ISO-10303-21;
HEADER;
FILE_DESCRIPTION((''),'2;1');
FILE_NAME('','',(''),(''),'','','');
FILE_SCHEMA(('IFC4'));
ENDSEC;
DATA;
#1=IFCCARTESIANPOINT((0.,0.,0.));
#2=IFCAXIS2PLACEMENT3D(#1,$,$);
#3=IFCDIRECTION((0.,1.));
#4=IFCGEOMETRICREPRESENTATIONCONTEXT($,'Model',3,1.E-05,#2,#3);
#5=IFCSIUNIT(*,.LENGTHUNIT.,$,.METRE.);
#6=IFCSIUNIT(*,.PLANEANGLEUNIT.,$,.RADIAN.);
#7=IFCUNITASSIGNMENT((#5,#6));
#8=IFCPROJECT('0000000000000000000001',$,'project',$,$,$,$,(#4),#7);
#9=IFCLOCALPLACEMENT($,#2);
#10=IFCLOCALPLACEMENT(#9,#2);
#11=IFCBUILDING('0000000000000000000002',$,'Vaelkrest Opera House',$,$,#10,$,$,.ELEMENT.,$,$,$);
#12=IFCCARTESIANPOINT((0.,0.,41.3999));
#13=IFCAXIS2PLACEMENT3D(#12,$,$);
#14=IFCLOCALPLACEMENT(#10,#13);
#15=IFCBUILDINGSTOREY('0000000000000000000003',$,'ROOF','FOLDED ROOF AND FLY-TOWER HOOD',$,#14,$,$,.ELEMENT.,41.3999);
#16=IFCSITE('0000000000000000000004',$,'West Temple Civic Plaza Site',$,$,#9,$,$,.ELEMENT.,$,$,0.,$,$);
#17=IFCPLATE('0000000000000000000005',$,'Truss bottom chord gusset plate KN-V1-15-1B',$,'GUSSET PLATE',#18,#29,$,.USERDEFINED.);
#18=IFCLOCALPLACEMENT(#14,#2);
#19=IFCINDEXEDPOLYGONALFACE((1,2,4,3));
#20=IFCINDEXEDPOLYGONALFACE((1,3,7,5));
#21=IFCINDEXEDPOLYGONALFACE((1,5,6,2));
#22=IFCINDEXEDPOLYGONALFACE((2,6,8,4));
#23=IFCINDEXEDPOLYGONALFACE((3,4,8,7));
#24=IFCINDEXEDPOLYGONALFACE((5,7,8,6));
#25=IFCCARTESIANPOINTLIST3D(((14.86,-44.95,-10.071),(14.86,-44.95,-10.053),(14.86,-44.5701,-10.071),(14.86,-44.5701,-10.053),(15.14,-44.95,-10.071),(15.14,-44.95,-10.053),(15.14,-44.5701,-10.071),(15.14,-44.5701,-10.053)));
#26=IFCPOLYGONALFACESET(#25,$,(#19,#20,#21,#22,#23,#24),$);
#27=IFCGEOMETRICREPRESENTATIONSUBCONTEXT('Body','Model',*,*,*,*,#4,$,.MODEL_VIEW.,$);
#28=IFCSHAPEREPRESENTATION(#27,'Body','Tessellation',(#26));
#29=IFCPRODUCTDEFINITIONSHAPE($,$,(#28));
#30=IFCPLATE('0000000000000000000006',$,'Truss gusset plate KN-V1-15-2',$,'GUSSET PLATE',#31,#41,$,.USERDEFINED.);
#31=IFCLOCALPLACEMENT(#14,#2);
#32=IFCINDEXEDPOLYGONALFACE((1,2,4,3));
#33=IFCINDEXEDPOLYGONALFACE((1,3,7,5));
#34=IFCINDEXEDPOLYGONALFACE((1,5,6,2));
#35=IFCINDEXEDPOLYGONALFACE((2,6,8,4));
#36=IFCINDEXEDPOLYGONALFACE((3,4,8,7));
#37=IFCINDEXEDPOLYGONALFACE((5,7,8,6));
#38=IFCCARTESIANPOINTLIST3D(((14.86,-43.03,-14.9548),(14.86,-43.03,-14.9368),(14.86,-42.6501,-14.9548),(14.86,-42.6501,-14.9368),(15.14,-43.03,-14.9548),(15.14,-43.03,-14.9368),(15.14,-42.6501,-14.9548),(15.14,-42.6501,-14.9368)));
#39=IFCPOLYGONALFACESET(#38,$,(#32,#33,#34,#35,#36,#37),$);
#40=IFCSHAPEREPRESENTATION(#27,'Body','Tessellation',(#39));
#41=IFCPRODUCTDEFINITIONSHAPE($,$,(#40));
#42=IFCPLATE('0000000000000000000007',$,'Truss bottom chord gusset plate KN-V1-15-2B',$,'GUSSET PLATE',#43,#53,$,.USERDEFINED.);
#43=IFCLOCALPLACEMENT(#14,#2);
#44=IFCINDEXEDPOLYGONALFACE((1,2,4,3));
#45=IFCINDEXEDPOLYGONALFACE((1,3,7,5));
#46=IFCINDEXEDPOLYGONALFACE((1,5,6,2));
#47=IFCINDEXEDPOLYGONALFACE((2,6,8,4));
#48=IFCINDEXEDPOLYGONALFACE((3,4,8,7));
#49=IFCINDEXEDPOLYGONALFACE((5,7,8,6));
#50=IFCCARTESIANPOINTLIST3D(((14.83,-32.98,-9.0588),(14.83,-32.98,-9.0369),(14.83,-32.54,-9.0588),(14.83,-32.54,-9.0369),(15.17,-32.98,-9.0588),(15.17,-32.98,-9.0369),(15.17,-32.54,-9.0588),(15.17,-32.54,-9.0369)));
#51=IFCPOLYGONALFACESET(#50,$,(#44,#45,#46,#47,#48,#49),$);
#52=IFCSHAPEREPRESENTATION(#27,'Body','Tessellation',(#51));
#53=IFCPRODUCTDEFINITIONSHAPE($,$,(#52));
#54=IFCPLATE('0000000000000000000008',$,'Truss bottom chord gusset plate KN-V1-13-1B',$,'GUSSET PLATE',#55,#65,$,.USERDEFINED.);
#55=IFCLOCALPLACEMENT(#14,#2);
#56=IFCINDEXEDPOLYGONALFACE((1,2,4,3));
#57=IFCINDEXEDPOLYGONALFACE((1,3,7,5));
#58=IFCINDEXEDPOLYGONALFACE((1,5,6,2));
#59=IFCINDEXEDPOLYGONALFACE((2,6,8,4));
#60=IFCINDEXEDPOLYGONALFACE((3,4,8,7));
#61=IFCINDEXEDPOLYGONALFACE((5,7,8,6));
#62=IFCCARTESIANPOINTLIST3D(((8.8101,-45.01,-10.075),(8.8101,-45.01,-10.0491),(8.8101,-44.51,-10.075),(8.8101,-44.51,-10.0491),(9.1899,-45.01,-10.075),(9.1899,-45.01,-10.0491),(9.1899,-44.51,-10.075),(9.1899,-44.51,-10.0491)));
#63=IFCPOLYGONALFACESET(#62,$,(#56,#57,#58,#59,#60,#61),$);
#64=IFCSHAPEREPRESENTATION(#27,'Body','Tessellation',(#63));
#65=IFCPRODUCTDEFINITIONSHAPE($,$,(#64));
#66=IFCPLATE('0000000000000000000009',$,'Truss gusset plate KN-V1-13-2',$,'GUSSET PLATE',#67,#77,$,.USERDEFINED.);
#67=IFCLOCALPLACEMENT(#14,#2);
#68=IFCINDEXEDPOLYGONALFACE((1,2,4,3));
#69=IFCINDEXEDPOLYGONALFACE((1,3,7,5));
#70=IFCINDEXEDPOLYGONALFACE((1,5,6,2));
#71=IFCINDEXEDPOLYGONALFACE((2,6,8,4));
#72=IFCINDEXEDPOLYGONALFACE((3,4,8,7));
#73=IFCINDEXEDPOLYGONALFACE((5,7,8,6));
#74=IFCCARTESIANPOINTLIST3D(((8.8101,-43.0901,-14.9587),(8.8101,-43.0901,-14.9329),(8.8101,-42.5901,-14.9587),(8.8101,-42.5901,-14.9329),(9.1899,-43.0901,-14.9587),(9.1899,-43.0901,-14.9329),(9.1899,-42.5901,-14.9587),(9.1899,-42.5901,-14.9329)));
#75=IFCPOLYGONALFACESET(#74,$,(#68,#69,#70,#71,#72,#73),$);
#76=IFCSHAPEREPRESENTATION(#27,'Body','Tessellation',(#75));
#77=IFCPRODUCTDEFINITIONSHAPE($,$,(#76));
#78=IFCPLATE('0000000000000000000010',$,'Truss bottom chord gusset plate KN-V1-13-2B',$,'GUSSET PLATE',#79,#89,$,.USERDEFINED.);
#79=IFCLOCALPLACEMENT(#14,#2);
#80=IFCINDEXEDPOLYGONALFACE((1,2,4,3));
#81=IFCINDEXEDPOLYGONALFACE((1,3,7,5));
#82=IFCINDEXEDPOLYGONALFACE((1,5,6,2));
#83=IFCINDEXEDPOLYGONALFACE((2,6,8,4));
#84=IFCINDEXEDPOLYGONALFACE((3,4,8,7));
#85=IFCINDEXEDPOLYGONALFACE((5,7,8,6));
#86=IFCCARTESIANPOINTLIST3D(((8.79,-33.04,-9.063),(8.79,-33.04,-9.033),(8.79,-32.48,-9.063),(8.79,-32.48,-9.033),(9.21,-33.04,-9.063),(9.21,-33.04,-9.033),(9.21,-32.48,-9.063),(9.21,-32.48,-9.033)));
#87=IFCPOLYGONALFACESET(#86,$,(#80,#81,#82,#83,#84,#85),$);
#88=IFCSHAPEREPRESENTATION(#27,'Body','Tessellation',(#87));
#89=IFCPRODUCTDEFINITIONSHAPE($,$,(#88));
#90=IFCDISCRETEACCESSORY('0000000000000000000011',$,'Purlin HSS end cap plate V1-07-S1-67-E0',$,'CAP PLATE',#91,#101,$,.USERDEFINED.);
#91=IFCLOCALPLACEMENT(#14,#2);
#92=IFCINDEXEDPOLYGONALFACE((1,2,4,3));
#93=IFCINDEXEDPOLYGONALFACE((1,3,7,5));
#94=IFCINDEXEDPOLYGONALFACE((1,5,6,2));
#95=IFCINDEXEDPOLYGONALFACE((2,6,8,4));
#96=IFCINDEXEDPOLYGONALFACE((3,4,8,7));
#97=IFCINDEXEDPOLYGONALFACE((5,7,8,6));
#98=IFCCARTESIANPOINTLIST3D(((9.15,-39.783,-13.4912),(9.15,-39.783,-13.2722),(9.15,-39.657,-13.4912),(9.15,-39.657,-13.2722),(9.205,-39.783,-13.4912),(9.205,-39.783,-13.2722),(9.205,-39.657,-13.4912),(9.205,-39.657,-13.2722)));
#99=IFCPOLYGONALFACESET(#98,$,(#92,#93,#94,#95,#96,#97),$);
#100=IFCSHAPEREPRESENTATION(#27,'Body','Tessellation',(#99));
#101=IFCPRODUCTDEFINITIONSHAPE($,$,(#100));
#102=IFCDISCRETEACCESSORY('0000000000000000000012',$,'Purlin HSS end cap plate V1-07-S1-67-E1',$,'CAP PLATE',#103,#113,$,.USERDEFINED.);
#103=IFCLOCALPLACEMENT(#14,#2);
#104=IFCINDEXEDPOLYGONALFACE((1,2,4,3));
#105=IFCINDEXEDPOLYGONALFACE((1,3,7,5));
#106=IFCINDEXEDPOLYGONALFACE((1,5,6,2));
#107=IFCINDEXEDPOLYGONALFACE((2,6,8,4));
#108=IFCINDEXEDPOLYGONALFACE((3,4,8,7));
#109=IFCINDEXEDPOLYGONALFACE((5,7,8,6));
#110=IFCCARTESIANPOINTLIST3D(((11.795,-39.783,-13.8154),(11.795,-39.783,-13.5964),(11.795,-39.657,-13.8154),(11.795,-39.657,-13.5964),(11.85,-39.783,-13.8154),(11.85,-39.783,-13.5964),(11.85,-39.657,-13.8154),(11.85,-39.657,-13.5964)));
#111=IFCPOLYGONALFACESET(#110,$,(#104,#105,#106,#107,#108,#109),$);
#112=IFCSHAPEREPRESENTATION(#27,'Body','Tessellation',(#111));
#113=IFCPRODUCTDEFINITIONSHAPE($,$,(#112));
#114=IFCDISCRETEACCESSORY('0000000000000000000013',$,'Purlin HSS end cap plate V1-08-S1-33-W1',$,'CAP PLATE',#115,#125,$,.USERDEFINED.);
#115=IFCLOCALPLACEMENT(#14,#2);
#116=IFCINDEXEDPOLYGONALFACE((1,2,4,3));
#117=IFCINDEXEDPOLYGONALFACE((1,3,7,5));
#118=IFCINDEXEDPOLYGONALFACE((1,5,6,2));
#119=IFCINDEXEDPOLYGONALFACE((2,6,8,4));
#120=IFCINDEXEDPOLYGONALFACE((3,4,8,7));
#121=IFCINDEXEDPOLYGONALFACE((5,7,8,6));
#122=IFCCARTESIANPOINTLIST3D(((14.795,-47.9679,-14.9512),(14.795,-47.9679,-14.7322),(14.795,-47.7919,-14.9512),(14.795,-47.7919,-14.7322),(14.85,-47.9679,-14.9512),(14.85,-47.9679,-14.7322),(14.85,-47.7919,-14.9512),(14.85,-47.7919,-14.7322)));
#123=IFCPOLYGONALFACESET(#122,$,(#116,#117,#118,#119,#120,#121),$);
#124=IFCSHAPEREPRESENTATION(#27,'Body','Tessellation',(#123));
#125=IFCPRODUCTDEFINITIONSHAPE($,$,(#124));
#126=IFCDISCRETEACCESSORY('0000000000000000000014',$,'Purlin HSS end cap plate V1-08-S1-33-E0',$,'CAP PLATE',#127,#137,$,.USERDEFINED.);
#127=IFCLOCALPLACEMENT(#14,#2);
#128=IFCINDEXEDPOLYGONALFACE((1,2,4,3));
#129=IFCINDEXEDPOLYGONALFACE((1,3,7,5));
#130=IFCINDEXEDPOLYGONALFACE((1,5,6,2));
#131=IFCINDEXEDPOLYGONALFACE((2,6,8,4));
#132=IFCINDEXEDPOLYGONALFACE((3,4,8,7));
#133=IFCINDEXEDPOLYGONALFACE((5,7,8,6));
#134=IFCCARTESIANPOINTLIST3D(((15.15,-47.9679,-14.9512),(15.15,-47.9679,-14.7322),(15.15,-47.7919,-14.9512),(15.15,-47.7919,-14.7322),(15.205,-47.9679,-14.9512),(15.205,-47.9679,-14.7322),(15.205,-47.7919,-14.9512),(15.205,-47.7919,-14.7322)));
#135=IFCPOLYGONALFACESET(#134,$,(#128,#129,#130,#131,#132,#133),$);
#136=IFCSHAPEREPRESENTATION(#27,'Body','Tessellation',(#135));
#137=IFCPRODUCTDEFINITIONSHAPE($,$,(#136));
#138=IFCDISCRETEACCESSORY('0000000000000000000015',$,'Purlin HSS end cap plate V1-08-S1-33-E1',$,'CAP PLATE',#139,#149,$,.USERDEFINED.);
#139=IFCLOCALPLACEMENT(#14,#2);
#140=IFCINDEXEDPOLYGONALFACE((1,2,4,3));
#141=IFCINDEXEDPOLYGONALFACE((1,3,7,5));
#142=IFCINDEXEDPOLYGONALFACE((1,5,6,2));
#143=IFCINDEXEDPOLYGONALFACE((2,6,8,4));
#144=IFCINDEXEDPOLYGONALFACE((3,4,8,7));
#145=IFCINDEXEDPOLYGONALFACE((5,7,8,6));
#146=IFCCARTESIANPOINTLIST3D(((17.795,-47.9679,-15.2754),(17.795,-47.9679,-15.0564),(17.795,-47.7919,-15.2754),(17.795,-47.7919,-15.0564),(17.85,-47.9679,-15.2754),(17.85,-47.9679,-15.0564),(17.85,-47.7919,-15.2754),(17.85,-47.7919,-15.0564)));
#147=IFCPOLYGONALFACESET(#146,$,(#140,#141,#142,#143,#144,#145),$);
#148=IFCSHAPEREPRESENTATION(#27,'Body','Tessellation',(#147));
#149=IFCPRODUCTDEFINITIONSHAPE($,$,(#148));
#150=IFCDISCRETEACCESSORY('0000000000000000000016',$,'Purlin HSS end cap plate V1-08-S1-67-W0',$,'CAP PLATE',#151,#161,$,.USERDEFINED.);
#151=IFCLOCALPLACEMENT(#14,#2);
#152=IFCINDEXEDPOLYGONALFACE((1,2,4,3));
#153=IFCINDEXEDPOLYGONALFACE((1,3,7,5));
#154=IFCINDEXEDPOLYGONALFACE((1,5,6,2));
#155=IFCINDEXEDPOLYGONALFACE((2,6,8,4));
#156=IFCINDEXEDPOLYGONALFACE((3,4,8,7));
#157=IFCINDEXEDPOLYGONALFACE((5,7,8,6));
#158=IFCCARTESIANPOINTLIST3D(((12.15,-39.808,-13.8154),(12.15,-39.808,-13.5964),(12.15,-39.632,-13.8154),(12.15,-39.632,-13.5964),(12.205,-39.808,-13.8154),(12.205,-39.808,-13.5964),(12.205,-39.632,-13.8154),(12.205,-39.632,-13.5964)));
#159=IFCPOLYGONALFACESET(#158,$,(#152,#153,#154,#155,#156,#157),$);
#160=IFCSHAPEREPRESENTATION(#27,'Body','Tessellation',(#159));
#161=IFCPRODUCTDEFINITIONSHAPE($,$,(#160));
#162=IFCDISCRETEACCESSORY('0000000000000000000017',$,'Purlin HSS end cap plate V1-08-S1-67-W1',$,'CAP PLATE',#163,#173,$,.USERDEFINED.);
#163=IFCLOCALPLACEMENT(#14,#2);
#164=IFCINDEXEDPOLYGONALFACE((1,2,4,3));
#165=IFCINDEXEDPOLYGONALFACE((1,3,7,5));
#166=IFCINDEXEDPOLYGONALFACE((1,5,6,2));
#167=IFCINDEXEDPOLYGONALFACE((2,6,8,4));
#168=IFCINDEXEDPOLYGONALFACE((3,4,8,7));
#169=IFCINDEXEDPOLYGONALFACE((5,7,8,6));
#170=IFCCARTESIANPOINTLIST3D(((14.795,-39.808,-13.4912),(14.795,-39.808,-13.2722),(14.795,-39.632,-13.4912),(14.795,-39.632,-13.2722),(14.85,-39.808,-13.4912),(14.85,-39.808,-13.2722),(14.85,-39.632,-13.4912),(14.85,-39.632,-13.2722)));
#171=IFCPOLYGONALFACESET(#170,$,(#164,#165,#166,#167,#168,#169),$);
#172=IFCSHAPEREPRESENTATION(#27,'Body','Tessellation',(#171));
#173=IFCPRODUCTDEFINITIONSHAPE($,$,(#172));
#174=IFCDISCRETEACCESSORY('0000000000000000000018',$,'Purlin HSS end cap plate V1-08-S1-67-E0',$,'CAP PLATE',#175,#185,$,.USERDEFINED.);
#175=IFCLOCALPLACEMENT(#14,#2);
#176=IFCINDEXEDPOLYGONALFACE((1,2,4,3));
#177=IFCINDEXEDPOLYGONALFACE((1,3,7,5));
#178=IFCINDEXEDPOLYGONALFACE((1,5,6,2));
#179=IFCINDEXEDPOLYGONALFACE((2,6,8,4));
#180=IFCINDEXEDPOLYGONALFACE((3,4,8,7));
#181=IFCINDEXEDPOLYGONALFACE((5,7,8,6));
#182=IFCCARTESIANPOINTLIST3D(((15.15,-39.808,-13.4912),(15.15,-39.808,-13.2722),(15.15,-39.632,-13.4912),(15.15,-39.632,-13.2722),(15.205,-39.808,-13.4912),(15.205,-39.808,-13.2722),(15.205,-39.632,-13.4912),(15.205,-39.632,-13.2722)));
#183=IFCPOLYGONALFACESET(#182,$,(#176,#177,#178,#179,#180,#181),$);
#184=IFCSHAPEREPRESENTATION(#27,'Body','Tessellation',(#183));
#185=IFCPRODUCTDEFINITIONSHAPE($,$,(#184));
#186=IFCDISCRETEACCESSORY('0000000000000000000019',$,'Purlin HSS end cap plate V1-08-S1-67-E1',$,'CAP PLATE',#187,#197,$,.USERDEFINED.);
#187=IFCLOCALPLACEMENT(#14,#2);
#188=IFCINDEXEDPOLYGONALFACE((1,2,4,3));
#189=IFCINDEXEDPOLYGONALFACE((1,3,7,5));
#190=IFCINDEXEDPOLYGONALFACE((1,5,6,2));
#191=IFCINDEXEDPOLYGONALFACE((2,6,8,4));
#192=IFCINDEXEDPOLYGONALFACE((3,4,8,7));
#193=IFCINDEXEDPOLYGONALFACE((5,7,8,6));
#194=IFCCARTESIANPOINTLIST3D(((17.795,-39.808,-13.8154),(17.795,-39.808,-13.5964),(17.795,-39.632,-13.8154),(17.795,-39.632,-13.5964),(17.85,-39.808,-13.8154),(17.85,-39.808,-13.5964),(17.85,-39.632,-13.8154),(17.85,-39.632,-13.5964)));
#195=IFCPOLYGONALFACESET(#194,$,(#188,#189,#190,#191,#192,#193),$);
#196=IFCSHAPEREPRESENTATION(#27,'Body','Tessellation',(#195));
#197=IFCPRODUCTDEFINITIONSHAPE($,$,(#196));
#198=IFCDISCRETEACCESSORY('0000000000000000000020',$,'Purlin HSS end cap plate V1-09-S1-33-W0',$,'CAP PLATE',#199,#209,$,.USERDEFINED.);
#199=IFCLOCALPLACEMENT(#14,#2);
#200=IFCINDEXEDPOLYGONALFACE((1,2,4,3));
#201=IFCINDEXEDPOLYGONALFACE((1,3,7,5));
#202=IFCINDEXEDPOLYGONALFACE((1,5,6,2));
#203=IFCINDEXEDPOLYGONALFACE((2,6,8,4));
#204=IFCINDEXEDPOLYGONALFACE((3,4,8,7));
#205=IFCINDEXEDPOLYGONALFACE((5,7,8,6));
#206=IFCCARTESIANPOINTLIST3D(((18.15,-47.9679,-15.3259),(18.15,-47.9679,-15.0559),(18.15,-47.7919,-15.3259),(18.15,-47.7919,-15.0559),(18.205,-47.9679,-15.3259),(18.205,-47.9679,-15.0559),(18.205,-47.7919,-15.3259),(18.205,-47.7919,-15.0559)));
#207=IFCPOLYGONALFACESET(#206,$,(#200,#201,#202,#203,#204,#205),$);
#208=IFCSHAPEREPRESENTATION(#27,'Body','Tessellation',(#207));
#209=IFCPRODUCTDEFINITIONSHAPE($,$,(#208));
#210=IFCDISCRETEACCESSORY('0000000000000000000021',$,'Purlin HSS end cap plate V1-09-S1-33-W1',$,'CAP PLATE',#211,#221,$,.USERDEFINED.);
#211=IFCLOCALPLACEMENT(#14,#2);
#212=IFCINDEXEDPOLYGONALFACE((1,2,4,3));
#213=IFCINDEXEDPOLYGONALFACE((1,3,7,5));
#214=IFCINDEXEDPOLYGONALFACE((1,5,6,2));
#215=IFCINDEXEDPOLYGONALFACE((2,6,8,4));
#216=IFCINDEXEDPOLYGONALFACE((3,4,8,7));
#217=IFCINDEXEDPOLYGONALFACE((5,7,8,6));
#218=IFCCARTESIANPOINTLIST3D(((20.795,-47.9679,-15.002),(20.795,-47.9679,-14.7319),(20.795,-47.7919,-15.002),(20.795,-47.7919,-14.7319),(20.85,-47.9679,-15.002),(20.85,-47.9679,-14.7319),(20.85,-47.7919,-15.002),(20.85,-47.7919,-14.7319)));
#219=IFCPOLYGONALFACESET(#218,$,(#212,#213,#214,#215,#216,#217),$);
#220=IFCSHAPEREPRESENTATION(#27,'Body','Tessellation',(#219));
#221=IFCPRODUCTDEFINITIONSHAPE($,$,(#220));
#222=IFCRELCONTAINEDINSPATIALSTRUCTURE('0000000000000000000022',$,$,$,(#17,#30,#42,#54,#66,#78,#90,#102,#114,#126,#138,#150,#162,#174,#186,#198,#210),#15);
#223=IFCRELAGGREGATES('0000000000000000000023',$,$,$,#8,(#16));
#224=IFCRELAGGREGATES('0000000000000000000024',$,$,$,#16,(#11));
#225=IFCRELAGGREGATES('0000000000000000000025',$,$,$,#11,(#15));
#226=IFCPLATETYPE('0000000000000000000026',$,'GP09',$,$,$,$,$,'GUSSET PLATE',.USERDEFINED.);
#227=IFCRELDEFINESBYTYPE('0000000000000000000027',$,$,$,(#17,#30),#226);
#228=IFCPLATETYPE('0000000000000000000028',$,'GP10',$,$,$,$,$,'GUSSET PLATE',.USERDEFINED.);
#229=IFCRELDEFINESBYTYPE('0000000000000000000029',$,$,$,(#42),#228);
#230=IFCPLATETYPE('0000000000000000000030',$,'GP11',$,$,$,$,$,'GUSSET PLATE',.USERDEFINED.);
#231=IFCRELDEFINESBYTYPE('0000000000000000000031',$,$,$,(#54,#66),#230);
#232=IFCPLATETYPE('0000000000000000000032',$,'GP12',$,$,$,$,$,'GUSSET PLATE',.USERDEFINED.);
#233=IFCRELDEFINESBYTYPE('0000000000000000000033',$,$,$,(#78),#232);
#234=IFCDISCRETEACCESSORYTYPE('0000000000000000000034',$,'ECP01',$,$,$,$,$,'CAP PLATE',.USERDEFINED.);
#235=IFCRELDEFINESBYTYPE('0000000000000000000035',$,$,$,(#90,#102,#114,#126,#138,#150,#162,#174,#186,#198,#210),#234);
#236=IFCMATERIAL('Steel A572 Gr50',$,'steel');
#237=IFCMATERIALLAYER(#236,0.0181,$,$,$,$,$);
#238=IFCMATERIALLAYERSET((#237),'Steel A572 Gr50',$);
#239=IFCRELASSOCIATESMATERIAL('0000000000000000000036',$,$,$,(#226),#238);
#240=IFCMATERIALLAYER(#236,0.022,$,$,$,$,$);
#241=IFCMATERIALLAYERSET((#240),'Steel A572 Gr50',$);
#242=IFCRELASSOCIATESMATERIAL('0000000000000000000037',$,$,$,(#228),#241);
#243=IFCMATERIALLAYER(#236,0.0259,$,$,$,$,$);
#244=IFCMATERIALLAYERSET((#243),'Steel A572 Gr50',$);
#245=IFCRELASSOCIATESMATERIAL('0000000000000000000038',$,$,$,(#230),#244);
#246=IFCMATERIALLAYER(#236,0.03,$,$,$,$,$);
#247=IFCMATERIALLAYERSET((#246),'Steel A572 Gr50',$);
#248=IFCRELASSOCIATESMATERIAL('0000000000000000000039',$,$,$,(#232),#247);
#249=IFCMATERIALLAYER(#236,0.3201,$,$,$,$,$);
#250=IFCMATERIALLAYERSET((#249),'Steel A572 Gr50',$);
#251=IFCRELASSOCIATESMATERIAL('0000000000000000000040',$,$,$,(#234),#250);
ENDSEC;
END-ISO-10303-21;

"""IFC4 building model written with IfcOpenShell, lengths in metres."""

from ifc_helpers import new_model, si_unit, direction, frame, origin, origin_2d, place, context, subcontext, project, spatial, rectangle, extrude, material, layer, layer_set, type_object, element, save


model = new_model("IFC4")

# Units and contexts
model_context = context("Model", 3, precision=1e-05, world=origin(), true_north=direction((0.0, 1.0)))
body_context = subcontext(model_context, "Body", "Model", "MODEL_VIEW")
ifc_project = project(units=[si_unit("LENGTHUNIT", "METRE"), si_unit("PLANEANGLEUNIT", "RADIAN")], contexts=[model_context])

# Site, building, storey
site_placement = place(None, origin())
site = spatial("IfcSite", under=ifc_project, at=site_placement, Name="West Temple Civic Plaza Site", CompositionType="ELEMENT", RefElevation=0.0)
building_placement = place(site_placement, origin())
building = spatial("IfcBuilding", under=site, at=building_placement, Name="Vaelkrest Opera House", CompositionType="ELEMENT")
storey_placement = place(building_placement, frame((0.0, 0.0, 41.3999)))
storey = spatial("IfcBuildingStorey", under=building, at=storey_placement, Name="ROOF", Description="FOLDED ROOF AND FLY-TOWER HOOD", CompositionType="ELEMENT", Elevation=41.3999)

# Plates
ifc_material_1 = material(Name="Steel A572 Gr50", Category="steel")
ifc_layer_1 = layer(ifc_material_1, 0.0181)
ifc_layer_set_1 = layer_set([ifc_layer_1], Name="Steel A572 Gr50")
plate_type_1 = type_object("IfcPlateType", Name="GP09", ElementType="GUSSET PLATE", PredefinedType="USERDEFINED", material=ifc_layer_set_1)
for number, where, z_axis, x_axis, name in (
    (1, (15.0, -44.76, -10.071), (0.0, 0.0, 1.0), (0.0, 1.0, 0.0), "Truss bottom chord gusset plate KN-V1-15-1B"),
    (2, (15.0, -42.8401, -14.9548), (0.0, 0.0, 1.0), (0.0, 1.0, 0.0), "Truss gusset plate KN-V1-15-2"),
):
    element("IfcPlate", number, at=place(storey_placement, frame(where, z_axis=z_axis, x_axis=x_axis)), inside=storey, type_object=plate_type_1, Name=name, ObjectType="GUSSET PLATE", PredefinedType="USERDEFINED", context=body_context, shape_type="SweptSolid", body=[
        extrude(rectangle(XDim=0.3799, YDim=0.28, at=origin_2d()), origin(), (0.0, 0.0, 1.0), 0.0181),
    ])
ifc_layer_2 = layer(ifc_material_1, 0.022)
ifc_layer_set_2 = layer_set([ifc_layer_2], Name="Steel A572 Gr50")
plate_type_2 = type_object("IfcPlateType", Name="GP10", ElementType="GUSSET PLATE", PredefinedType="USERDEFINED", material=ifc_layer_set_2)
plate_1_placement = place(storey_placement, frame((15.0, -32.76, -9.0588), z_axis=(0.0, 0.0, 1.0), x_axis=(0.0, 1.0, 0.0)))
element("IfcPlate", 3, at=plate_1_placement, inside=storey, type_object=plate_type_2, Name="Truss bottom chord gusset plate KN-V1-15-2B", ObjectType="GUSSET PLATE", PredefinedType="USERDEFINED", context=body_context, shape_type="SweptSolid", body=[
    extrude(rectangle(XDim=0.4399, YDim=0.3401, at=origin_2d()), origin(), (0.0, 0.0, 1.0), 0.022),
])
ifc_layer_3 = layer(ifc_material_1, 0.0259)
ifc_layer_set_3 = layer_set([ifc_layer_3], Name="Steel A572 Gr50")
plate_type_3 = type_object("IfcPlateType", Name="GP11", ElementType="GUSSET PLATE", PredefinedType="USERDEFINED", material=ifc_layer_set_3)
for number, where, z_axis, x_axis, name in (
    (4, (9.0, -44.76, -10.075), (0.0, 0.0, 1.0), (0.0, 1.0, 0.0), "Truss bottom chord gusset plate KN-V1-13-1B"),
    (5, (9.0, -42.8401, -14.9587), (0.0, 0.0, 1.0), (0.0, 1.0, 0.0), "Truss gusset plate KN-V1-13-2"),
):
    element("IfcPlate", number, at=place(storey_placement, frame(where, z_axis=z_axis, x_axis=x_axis)), inside=storey, type_object=plate_type_3, Name=name, ObjectType="GUSSET PLATE", PredefinedType="USERDEFINED", context=body_context, shape_type="SweptSolid", body=[
        extrude(rectangle(XDim=0.5, YDim=0.3799, at=origin_2d()), origin(), (0.0, 0.0, 1.0), 0.0259),
    ])
ifc_layer_4 = layer(ifc_material_1, 0.03)
ifc_layer_set_4 = layer_set([ifc_layer_4], Name="Steel A572 Gr50")
plate_type_4 = type_object("IfcPlateType", Name="GP12", ElementType="GUSSET PLATE", PredefinedType="USERDEFINED", material=ifc_layer_set_4)
plate_2_placement = place(storey_placement, frame((9.0, -32.76, -9.063), z_axis=(0.0, 0.0, 1.0), x_axis=(0.0, 1.0, 0.0)))
element("IfcPlate", 6, at=plate_2_placement, inside=storey, type_object=plate_type_4, Name="Truss bottom chord gusset plate KN-V1-13-2B", ObjectType="GUSSET PLATE", PredefinedType="USERDEFINED", context=body_context, shape_type="SweptSolid", body=[
    extrude(rectangle(XDim=0.5601, YDim=0.4199, at=origin_2d()), origin(), (0.0, 0.0, 1.0), 0.03),
])

# Discrete accessories
ifc_layer_5 = layer(ifc_material_1, 0.3201)
ifc_layer_set_5 = layer_set([ifc_layer_5], Name="Steel A572 Gr50")
discrete_accessory_type = type_object("IfcDiscreteAccessoryType", Name="ECP01", ElementType="CAP PLATE", PredefinedType="USERDEFINED", material=ifc_layer_set_5)
for number, where, z_axis, x_axis, name in (
    (7, (9.1775, -39.72, -13.4912), (0.0, 0.0, 1.0), (1.0, 0.0, 0.0), "Purlin HSS end cap plate V1-07-S1-67-E0"),
    (8, (11.8225, -39.72, -13.8154), (0.0, 0.0, 1.0), (1.0, 0.0, 0.0), "Purlin HSS end cap plate V1-07-S1-67-E1"),
):
    element("IfcDiscreteAccessory", number, at=place(storey_placement, frame(where, z_axis=z_axis, x_axis=x_axis)), inside=storey, type_object=discrete_accessory_type, Name=name, ObjectType="CAP PLATE", PredefinedType="USERDEFINED", context=body_context, shape_type="SweptSolid", body=[
        extrude(rectangle(XDim=0.0549, YDim=0.126, at=origin_2d()), origin(), (0.0, 0.0, 1.0), 0.219),
    ])
for number, where, z_axis, x_axis, name in (
    (9, (14.8225, -47.8799, -14.9512), (0.0, 0.0, 1.0), (1.0, 0.0, 0.0), "Purlin HSS end cap plate V1-08-S1-33-W1"),
    (10, (15.1775, -47.8799, -14.9512), (0.0, 0.0, 1.0), (1.0, 0.0, 0.0), "Purlin HSS end cap plate V1-08-S1-33-E0"),
    (11, (17.8225, -47.8799, -15.2754), (0.0, 0.0, 1.0), (1.0, 0.0, 0.0), "Purlin HSS end cap plate V1-08-S1-33-E1"),
    (12, (12.1775, -39.72, -13.8154), (0.0, 0.0, 1.0), (1.0, 0.0, 0.0), "Purlin HSS end cap plate V1-08-S1-67-W0"),
    (13, (14.8225, -39.72, -13.4912), (0.0, 0.0, 1.0), (1.0, 0.0, 0.0), "Purlin HSS end cap plate V1-08-S1-67-W1"),
    (14, (15.1775, -39.72, -13.4912), (0.0, 0.0, 1.0), (1.0, 0.0, 0.0), "Purlin HSS end cap plate V1-08-S1-67-E0"),
    (15, (17.8225, -39.72, -13.8154), (0.0, 0.0, 1.0), (1.0, 0.0, 0.0), "Purlin HSS end cap plate V1-08-S1-67-E1"),
):
    element("IfcDiscreteAccessory", number, at=place(storey_placement, frame(where, z_axis=z_axis, x_axis=x_axis)), inside=storey, type_object=discrete_accessory_type, Name=name, ObjectType="CAP PLATE", PredefinedType="USERDEFINED", context=body_context, shape_type="SweptSolid", body=[
        extrude(rectangle(XDim=0.0549, YDim=0.176, at=origin_2d()), origin(), (0.0, 0.0, 1.0), 0.219),
    ])
for number, where, z_axis, x_axis, name in (
    (16, (18.1775, -47.8799, -15.3259), (0.0, 0.0, 1.0), (1.0, 0.0, 0.0), "Purlin HSS end cap plate V1-09-S1-33-W0"),
    (17, (20.8225, -47.8799, -15.002), (0.0, 0.0, 1.0), (1.0, 0.0, 0.0), "Purlin HSS end cap plate V1-09-S1-33-W1"),
):
    element("IfcDiscreteAccessory", number, at=place(storey_placement, frame(where, z_axis=z_axis, x_axis=x_axis)), inside=storey, type_object=discrete_accessory_type, Name=name, ObjectType="CAP PLATE", PredefinedType="USERDEFINED", context=body_context, shape_type="SweptSolid", body=[
        extrude(rectangle(XDim=0.0549, YDim=0.176, at=origin_2d()), origin(), (0.0, 0.0, 1.0), 0.27),
    ])

save(model, "model.ifc")
